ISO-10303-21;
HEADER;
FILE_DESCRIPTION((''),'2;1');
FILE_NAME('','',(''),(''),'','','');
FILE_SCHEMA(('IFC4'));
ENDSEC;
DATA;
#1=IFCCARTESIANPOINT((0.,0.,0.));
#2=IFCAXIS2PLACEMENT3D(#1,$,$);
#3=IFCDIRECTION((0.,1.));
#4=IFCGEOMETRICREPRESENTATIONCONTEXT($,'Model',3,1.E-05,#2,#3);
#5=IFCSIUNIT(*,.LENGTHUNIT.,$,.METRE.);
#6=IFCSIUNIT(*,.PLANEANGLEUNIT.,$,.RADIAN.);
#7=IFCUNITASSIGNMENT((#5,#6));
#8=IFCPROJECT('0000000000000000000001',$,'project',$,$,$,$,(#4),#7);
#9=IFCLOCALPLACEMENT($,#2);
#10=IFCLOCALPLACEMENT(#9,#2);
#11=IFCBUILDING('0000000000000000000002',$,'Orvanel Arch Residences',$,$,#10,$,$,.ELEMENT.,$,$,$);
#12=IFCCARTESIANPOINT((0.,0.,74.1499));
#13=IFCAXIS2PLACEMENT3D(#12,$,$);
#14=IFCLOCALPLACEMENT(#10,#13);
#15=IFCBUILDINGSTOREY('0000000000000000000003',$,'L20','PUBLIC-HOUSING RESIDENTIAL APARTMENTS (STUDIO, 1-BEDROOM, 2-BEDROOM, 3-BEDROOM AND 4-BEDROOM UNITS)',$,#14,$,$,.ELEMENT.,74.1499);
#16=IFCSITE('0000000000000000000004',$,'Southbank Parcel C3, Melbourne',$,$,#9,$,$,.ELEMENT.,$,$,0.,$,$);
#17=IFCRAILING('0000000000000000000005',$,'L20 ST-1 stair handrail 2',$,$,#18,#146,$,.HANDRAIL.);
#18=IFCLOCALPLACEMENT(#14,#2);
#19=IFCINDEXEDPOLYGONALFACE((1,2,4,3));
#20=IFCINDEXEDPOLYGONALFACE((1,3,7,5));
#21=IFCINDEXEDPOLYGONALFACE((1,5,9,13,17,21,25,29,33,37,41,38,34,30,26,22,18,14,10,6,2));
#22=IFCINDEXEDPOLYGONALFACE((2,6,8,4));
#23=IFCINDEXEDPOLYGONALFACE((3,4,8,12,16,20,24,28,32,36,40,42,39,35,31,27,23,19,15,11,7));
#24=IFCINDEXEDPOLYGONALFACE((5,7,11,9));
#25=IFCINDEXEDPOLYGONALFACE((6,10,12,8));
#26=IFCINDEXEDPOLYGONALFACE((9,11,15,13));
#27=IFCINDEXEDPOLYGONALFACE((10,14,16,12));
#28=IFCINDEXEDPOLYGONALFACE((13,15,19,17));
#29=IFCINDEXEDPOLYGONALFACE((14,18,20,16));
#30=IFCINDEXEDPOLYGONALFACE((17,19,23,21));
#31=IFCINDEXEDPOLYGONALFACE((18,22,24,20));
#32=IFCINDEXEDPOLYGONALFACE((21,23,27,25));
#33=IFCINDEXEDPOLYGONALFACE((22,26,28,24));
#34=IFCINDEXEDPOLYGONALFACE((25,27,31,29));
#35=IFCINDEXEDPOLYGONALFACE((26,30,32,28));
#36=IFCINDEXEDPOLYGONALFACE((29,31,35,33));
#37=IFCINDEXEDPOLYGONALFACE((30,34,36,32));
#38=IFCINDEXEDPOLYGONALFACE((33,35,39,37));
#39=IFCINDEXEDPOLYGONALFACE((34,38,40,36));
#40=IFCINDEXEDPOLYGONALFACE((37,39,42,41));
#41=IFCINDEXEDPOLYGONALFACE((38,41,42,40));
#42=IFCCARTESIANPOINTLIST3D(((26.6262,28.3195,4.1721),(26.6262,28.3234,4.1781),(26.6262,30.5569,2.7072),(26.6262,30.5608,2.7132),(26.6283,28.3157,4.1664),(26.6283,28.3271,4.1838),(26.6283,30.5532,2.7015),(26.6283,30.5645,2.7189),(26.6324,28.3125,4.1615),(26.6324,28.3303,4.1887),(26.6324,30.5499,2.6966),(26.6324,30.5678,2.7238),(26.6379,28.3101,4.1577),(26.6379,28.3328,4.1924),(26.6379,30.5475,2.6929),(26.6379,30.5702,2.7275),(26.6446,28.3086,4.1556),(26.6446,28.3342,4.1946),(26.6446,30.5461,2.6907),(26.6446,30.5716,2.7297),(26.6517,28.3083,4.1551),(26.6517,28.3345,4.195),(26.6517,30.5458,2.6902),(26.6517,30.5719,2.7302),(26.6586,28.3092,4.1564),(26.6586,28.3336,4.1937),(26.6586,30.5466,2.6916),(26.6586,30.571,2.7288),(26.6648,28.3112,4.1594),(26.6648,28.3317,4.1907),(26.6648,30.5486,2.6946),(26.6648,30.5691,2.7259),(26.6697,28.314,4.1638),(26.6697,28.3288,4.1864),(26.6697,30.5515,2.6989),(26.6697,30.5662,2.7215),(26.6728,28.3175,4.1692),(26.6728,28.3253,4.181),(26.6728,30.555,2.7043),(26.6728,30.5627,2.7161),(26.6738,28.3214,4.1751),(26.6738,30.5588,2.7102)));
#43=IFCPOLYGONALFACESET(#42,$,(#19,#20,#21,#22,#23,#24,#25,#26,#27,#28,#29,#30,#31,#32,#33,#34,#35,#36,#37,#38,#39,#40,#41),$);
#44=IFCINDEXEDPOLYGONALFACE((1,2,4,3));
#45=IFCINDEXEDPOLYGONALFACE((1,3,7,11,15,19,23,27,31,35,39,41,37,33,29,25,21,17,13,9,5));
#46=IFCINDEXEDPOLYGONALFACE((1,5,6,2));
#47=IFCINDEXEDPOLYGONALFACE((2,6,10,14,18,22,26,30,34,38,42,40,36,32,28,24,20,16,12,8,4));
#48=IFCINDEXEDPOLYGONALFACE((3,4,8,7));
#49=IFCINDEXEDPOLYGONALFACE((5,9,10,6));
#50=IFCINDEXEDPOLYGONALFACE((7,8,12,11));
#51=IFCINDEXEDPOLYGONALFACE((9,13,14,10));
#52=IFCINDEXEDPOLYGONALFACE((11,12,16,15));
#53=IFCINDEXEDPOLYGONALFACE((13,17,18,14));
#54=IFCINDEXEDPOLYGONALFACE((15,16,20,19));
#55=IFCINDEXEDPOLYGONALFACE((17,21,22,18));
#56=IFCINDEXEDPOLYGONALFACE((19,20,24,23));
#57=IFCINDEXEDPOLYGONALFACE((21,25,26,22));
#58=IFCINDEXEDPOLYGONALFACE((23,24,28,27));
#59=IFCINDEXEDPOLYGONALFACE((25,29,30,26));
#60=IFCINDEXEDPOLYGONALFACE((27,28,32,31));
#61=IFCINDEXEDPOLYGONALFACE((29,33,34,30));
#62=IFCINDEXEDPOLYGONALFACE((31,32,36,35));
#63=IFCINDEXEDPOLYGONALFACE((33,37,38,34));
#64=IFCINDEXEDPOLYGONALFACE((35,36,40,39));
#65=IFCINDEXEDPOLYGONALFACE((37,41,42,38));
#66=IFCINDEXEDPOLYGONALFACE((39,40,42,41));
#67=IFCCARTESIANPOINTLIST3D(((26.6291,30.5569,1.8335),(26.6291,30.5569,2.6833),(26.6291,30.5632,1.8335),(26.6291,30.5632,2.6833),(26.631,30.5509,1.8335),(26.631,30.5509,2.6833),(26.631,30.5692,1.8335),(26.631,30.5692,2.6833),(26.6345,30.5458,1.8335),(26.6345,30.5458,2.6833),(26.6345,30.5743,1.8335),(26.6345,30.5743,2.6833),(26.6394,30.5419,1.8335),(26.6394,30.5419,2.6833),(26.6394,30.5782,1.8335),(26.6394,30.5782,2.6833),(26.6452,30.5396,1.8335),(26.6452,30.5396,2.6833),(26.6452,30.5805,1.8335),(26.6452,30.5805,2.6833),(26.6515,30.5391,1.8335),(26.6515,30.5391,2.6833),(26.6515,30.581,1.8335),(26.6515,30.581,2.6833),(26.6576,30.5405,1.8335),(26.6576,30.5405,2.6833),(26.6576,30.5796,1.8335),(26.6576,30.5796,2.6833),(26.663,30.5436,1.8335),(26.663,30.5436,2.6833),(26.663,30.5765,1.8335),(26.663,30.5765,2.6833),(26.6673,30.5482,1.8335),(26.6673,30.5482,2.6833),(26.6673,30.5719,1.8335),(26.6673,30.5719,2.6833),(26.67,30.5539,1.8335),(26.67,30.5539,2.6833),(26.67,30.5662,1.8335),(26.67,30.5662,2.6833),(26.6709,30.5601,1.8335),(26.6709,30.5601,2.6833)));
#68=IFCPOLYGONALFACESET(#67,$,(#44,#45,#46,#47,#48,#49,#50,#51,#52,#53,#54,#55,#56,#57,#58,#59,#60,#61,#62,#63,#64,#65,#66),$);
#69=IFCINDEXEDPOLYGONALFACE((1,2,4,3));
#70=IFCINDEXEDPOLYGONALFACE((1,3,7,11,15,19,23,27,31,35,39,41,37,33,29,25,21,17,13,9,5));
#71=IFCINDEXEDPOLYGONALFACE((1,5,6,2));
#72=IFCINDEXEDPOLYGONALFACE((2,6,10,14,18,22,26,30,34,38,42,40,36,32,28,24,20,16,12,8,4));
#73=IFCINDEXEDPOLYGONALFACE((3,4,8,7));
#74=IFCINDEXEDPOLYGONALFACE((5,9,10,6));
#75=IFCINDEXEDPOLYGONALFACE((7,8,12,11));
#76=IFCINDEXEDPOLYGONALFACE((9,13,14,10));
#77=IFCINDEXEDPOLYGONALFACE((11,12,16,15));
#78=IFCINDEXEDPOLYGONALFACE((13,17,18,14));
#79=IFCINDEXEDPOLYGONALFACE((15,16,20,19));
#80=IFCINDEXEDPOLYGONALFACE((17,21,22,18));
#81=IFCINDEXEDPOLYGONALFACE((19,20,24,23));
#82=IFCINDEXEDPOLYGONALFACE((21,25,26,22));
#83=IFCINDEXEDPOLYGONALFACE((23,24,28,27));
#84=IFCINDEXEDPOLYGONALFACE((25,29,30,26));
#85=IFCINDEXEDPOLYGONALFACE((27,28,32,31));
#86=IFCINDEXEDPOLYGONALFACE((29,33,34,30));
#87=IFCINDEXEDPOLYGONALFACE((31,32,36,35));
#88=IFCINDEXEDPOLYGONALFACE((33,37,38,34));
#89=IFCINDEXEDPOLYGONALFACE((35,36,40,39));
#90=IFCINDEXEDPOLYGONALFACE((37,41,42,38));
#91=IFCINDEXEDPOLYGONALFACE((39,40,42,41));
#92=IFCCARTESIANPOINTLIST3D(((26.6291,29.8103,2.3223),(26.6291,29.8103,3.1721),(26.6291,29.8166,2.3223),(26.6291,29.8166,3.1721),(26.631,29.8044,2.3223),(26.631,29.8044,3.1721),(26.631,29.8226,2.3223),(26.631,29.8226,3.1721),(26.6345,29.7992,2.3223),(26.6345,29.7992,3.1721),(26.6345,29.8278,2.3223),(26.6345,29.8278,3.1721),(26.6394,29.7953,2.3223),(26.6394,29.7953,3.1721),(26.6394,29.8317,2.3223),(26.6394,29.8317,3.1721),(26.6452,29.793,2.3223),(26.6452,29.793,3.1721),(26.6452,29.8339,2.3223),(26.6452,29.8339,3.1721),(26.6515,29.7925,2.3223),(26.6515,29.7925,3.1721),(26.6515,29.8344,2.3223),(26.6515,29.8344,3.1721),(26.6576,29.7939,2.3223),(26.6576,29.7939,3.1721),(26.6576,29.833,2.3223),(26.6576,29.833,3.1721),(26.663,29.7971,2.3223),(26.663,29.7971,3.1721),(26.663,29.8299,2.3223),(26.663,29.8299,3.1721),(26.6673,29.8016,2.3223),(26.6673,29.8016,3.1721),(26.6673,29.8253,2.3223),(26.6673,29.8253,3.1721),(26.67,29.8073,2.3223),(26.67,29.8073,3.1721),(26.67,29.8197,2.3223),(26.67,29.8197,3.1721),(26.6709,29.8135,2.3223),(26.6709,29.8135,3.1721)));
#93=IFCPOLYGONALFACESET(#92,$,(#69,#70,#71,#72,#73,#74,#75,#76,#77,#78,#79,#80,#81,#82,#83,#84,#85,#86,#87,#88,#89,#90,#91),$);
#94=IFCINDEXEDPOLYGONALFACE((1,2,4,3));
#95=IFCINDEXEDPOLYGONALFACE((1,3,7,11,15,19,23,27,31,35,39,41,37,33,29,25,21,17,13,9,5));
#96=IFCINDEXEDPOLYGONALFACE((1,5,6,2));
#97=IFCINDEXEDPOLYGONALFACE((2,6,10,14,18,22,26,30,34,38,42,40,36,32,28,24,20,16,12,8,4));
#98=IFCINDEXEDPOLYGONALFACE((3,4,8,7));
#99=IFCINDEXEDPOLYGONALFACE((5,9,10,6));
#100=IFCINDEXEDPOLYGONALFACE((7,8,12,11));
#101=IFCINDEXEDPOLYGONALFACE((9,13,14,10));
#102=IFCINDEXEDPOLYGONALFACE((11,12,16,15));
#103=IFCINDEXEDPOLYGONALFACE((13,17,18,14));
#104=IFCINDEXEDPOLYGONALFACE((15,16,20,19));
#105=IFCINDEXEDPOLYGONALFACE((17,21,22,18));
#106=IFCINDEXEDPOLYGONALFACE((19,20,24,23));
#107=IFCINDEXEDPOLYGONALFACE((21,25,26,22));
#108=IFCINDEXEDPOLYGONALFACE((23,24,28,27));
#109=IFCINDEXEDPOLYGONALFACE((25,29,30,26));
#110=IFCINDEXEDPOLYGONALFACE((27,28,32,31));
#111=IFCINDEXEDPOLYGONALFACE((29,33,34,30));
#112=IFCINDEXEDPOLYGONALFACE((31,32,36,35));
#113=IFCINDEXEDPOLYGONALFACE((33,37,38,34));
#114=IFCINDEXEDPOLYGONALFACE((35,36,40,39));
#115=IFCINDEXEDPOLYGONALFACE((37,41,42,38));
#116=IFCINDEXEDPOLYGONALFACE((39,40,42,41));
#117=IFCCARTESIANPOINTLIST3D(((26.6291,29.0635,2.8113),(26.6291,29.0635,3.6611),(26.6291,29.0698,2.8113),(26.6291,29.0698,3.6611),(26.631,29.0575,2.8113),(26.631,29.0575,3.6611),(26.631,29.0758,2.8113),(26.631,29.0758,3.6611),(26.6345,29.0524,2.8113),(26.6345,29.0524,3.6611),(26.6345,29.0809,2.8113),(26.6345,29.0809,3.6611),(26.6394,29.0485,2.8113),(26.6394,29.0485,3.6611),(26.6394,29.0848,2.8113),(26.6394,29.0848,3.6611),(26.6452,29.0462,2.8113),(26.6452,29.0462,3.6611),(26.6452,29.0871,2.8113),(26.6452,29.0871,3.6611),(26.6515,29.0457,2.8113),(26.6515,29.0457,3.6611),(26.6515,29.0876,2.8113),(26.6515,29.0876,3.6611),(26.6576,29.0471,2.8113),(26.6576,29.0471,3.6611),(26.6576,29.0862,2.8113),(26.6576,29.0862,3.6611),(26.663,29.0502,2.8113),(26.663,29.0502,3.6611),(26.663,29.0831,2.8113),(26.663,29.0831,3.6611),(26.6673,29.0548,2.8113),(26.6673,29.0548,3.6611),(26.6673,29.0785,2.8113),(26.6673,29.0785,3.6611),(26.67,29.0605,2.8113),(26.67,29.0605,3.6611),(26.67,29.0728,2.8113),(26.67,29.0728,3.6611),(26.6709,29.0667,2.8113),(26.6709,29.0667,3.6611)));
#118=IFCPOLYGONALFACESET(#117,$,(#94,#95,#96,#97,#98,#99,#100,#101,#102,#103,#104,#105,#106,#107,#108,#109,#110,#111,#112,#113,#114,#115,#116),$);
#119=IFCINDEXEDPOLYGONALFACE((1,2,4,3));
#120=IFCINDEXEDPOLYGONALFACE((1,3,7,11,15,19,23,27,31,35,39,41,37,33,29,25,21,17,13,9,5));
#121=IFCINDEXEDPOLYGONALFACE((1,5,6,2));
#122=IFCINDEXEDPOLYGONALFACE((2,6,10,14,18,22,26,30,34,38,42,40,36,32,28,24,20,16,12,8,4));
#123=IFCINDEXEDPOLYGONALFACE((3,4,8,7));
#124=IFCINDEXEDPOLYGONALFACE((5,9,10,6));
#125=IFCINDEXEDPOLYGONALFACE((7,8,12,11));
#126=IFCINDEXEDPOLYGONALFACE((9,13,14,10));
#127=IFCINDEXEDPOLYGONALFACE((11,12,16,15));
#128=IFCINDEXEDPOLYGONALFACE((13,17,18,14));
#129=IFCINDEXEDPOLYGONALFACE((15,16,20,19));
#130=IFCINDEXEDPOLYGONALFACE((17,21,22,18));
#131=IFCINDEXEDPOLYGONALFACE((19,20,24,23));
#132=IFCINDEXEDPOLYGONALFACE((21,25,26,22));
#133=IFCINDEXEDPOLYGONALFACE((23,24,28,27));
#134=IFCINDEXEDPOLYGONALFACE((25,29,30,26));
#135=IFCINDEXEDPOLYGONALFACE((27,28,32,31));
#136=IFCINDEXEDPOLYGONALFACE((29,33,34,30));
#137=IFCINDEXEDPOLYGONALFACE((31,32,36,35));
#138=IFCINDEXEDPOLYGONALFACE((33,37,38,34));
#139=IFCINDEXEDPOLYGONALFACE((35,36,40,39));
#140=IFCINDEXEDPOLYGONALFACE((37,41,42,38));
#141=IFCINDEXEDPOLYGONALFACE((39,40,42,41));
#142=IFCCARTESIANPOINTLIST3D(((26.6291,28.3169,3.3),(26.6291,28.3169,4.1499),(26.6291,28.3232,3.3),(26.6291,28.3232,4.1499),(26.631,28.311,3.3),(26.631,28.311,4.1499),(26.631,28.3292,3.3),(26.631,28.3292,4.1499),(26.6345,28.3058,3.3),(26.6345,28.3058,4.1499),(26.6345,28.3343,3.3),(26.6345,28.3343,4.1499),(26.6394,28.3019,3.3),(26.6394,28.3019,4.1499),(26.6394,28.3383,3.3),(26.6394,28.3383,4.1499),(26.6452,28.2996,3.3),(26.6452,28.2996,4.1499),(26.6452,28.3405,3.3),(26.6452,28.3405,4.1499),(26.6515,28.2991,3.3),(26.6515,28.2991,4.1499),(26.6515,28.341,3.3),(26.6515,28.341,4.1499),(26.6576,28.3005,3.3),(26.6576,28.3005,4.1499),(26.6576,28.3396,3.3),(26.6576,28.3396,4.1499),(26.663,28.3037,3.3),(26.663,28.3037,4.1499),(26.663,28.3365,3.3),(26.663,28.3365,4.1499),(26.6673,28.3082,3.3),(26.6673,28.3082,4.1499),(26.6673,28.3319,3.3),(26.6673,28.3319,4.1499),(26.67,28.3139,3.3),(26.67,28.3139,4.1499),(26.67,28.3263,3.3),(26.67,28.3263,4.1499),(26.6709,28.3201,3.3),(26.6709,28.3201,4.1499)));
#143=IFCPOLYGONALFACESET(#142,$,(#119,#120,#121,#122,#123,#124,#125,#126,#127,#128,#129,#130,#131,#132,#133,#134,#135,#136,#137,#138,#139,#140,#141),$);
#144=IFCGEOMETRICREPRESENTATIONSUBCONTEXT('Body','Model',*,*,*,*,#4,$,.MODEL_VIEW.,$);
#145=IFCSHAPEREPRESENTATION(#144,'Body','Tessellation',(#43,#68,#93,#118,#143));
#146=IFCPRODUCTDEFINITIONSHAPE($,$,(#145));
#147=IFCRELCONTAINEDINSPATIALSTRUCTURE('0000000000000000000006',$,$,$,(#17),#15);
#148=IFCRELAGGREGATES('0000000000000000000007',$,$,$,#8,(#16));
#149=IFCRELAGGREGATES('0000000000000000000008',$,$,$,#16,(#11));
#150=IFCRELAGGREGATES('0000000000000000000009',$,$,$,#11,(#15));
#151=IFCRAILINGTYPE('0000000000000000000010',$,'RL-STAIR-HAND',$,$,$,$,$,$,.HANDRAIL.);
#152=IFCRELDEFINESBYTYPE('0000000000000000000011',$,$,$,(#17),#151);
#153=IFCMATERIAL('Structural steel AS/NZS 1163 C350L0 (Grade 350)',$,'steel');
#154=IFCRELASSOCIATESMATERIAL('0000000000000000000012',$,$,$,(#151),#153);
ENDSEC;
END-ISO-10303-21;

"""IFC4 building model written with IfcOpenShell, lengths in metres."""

from ifc_helpers import new_model, si_unit, direction, frame, origin, origin_2d, place, context, subcontext, project, spatial, circle, extrude, material, type_object, element, save


model = new_model("IFC4")

# Units and contexts
model_context = context("Model", 3, precision=1e-05, world=origin(), true_north=direction((0.0, 1.0)))
body_context = subcontext(model_context, "Body", "Model", "MODEL_VIEW")
ifc_project = project(units=[si_unit("LENGTHUNIT", "METRE"), si_unit("PLANEANGLEUNIT", "RADIAN")], contexts=[model_context])

# Site, building, storey
site_placement = place(None, origin())
site = spatial("IfcSite", under=ifc_project, at=site_placement, Name="Southbank Parcel C3, Melbourne", CompositionType="ELEMENT", RefElevation=0.0)
building_placement = place(site_placement, origin())
building = spatial("IfcBuilding", under=site, at=building_placement, Name="Orvanel Arch Residences", CompositionType="ELEMENT")
storey_placement = place(building_placement, frame((0.0, 0.0, 74.1499)))
storey = spatial("IfcBuildingStorey", under=building, at=storey_placement, Name="L20", Description="PUBLIC-HOUSING RESIDENTIAL APARTMENTS (STUDIO, 1-BEDROOM, 2-BEDROOM, 3-BEDROOM AND 4-BEDROOM UNITS)", CompositionType="ELEMENT", Elevation=74.1499)

# Railing
ifc_material_1 = material(Name="Structural steel AS/NZS 1163 C350L0 (Grade 350)", Category="steel")
railing_type_1 = type_object("IfcRailingType", Name="RL-STAIR-HAND", PredefinedType="HANDRAIL", material=ifc_material_1)
railing_1_placement = place(storey_placement, frame((26.6499, 30.5601, 1.8335)))
element("IfcRailing", 1, at=railing_1_placement, inside=storey, type_object=railing_type_1, Name="L20 ST-1 stair handrail 2", PredefinedType="HANDRAIL", context=body_context, shape_type="SweptSolid", body=[
    extrude(circle(Radius=0.0239, at=origin_2d()), frame((0.0, -0.0012, 0.8767), z_axis=(0.0, -0.836637, 0.547758), x_axis=(1.0, 0.0, 0.0)), (0.0, 0.0, 1.0), 2.6743),
    extrude(circle(Radius=0.021, at=origin_2d()), origin(), (0.0, 0.0, 1.0), 0.8499),
    extrude(circle(Radius=0.021, at=origin_2d()), frame((0.0, -0.7466, 0.4888)), (0.0, 0.0, 1.0), 0.8499),
    extrude(circle(Radius=0.021, at=origin_2d()), frame((0.0, -1.4934, 0.9778)), (0.0, 0.0, 1.0), 0.8499),
    extrude(circle(Radius=0.021, at=origin_2d()), frame((0.0, -2.24, 1.4666)), (0.0, 0.0, 1.0), 0.8499),
])

save(model, "model.ifc")
